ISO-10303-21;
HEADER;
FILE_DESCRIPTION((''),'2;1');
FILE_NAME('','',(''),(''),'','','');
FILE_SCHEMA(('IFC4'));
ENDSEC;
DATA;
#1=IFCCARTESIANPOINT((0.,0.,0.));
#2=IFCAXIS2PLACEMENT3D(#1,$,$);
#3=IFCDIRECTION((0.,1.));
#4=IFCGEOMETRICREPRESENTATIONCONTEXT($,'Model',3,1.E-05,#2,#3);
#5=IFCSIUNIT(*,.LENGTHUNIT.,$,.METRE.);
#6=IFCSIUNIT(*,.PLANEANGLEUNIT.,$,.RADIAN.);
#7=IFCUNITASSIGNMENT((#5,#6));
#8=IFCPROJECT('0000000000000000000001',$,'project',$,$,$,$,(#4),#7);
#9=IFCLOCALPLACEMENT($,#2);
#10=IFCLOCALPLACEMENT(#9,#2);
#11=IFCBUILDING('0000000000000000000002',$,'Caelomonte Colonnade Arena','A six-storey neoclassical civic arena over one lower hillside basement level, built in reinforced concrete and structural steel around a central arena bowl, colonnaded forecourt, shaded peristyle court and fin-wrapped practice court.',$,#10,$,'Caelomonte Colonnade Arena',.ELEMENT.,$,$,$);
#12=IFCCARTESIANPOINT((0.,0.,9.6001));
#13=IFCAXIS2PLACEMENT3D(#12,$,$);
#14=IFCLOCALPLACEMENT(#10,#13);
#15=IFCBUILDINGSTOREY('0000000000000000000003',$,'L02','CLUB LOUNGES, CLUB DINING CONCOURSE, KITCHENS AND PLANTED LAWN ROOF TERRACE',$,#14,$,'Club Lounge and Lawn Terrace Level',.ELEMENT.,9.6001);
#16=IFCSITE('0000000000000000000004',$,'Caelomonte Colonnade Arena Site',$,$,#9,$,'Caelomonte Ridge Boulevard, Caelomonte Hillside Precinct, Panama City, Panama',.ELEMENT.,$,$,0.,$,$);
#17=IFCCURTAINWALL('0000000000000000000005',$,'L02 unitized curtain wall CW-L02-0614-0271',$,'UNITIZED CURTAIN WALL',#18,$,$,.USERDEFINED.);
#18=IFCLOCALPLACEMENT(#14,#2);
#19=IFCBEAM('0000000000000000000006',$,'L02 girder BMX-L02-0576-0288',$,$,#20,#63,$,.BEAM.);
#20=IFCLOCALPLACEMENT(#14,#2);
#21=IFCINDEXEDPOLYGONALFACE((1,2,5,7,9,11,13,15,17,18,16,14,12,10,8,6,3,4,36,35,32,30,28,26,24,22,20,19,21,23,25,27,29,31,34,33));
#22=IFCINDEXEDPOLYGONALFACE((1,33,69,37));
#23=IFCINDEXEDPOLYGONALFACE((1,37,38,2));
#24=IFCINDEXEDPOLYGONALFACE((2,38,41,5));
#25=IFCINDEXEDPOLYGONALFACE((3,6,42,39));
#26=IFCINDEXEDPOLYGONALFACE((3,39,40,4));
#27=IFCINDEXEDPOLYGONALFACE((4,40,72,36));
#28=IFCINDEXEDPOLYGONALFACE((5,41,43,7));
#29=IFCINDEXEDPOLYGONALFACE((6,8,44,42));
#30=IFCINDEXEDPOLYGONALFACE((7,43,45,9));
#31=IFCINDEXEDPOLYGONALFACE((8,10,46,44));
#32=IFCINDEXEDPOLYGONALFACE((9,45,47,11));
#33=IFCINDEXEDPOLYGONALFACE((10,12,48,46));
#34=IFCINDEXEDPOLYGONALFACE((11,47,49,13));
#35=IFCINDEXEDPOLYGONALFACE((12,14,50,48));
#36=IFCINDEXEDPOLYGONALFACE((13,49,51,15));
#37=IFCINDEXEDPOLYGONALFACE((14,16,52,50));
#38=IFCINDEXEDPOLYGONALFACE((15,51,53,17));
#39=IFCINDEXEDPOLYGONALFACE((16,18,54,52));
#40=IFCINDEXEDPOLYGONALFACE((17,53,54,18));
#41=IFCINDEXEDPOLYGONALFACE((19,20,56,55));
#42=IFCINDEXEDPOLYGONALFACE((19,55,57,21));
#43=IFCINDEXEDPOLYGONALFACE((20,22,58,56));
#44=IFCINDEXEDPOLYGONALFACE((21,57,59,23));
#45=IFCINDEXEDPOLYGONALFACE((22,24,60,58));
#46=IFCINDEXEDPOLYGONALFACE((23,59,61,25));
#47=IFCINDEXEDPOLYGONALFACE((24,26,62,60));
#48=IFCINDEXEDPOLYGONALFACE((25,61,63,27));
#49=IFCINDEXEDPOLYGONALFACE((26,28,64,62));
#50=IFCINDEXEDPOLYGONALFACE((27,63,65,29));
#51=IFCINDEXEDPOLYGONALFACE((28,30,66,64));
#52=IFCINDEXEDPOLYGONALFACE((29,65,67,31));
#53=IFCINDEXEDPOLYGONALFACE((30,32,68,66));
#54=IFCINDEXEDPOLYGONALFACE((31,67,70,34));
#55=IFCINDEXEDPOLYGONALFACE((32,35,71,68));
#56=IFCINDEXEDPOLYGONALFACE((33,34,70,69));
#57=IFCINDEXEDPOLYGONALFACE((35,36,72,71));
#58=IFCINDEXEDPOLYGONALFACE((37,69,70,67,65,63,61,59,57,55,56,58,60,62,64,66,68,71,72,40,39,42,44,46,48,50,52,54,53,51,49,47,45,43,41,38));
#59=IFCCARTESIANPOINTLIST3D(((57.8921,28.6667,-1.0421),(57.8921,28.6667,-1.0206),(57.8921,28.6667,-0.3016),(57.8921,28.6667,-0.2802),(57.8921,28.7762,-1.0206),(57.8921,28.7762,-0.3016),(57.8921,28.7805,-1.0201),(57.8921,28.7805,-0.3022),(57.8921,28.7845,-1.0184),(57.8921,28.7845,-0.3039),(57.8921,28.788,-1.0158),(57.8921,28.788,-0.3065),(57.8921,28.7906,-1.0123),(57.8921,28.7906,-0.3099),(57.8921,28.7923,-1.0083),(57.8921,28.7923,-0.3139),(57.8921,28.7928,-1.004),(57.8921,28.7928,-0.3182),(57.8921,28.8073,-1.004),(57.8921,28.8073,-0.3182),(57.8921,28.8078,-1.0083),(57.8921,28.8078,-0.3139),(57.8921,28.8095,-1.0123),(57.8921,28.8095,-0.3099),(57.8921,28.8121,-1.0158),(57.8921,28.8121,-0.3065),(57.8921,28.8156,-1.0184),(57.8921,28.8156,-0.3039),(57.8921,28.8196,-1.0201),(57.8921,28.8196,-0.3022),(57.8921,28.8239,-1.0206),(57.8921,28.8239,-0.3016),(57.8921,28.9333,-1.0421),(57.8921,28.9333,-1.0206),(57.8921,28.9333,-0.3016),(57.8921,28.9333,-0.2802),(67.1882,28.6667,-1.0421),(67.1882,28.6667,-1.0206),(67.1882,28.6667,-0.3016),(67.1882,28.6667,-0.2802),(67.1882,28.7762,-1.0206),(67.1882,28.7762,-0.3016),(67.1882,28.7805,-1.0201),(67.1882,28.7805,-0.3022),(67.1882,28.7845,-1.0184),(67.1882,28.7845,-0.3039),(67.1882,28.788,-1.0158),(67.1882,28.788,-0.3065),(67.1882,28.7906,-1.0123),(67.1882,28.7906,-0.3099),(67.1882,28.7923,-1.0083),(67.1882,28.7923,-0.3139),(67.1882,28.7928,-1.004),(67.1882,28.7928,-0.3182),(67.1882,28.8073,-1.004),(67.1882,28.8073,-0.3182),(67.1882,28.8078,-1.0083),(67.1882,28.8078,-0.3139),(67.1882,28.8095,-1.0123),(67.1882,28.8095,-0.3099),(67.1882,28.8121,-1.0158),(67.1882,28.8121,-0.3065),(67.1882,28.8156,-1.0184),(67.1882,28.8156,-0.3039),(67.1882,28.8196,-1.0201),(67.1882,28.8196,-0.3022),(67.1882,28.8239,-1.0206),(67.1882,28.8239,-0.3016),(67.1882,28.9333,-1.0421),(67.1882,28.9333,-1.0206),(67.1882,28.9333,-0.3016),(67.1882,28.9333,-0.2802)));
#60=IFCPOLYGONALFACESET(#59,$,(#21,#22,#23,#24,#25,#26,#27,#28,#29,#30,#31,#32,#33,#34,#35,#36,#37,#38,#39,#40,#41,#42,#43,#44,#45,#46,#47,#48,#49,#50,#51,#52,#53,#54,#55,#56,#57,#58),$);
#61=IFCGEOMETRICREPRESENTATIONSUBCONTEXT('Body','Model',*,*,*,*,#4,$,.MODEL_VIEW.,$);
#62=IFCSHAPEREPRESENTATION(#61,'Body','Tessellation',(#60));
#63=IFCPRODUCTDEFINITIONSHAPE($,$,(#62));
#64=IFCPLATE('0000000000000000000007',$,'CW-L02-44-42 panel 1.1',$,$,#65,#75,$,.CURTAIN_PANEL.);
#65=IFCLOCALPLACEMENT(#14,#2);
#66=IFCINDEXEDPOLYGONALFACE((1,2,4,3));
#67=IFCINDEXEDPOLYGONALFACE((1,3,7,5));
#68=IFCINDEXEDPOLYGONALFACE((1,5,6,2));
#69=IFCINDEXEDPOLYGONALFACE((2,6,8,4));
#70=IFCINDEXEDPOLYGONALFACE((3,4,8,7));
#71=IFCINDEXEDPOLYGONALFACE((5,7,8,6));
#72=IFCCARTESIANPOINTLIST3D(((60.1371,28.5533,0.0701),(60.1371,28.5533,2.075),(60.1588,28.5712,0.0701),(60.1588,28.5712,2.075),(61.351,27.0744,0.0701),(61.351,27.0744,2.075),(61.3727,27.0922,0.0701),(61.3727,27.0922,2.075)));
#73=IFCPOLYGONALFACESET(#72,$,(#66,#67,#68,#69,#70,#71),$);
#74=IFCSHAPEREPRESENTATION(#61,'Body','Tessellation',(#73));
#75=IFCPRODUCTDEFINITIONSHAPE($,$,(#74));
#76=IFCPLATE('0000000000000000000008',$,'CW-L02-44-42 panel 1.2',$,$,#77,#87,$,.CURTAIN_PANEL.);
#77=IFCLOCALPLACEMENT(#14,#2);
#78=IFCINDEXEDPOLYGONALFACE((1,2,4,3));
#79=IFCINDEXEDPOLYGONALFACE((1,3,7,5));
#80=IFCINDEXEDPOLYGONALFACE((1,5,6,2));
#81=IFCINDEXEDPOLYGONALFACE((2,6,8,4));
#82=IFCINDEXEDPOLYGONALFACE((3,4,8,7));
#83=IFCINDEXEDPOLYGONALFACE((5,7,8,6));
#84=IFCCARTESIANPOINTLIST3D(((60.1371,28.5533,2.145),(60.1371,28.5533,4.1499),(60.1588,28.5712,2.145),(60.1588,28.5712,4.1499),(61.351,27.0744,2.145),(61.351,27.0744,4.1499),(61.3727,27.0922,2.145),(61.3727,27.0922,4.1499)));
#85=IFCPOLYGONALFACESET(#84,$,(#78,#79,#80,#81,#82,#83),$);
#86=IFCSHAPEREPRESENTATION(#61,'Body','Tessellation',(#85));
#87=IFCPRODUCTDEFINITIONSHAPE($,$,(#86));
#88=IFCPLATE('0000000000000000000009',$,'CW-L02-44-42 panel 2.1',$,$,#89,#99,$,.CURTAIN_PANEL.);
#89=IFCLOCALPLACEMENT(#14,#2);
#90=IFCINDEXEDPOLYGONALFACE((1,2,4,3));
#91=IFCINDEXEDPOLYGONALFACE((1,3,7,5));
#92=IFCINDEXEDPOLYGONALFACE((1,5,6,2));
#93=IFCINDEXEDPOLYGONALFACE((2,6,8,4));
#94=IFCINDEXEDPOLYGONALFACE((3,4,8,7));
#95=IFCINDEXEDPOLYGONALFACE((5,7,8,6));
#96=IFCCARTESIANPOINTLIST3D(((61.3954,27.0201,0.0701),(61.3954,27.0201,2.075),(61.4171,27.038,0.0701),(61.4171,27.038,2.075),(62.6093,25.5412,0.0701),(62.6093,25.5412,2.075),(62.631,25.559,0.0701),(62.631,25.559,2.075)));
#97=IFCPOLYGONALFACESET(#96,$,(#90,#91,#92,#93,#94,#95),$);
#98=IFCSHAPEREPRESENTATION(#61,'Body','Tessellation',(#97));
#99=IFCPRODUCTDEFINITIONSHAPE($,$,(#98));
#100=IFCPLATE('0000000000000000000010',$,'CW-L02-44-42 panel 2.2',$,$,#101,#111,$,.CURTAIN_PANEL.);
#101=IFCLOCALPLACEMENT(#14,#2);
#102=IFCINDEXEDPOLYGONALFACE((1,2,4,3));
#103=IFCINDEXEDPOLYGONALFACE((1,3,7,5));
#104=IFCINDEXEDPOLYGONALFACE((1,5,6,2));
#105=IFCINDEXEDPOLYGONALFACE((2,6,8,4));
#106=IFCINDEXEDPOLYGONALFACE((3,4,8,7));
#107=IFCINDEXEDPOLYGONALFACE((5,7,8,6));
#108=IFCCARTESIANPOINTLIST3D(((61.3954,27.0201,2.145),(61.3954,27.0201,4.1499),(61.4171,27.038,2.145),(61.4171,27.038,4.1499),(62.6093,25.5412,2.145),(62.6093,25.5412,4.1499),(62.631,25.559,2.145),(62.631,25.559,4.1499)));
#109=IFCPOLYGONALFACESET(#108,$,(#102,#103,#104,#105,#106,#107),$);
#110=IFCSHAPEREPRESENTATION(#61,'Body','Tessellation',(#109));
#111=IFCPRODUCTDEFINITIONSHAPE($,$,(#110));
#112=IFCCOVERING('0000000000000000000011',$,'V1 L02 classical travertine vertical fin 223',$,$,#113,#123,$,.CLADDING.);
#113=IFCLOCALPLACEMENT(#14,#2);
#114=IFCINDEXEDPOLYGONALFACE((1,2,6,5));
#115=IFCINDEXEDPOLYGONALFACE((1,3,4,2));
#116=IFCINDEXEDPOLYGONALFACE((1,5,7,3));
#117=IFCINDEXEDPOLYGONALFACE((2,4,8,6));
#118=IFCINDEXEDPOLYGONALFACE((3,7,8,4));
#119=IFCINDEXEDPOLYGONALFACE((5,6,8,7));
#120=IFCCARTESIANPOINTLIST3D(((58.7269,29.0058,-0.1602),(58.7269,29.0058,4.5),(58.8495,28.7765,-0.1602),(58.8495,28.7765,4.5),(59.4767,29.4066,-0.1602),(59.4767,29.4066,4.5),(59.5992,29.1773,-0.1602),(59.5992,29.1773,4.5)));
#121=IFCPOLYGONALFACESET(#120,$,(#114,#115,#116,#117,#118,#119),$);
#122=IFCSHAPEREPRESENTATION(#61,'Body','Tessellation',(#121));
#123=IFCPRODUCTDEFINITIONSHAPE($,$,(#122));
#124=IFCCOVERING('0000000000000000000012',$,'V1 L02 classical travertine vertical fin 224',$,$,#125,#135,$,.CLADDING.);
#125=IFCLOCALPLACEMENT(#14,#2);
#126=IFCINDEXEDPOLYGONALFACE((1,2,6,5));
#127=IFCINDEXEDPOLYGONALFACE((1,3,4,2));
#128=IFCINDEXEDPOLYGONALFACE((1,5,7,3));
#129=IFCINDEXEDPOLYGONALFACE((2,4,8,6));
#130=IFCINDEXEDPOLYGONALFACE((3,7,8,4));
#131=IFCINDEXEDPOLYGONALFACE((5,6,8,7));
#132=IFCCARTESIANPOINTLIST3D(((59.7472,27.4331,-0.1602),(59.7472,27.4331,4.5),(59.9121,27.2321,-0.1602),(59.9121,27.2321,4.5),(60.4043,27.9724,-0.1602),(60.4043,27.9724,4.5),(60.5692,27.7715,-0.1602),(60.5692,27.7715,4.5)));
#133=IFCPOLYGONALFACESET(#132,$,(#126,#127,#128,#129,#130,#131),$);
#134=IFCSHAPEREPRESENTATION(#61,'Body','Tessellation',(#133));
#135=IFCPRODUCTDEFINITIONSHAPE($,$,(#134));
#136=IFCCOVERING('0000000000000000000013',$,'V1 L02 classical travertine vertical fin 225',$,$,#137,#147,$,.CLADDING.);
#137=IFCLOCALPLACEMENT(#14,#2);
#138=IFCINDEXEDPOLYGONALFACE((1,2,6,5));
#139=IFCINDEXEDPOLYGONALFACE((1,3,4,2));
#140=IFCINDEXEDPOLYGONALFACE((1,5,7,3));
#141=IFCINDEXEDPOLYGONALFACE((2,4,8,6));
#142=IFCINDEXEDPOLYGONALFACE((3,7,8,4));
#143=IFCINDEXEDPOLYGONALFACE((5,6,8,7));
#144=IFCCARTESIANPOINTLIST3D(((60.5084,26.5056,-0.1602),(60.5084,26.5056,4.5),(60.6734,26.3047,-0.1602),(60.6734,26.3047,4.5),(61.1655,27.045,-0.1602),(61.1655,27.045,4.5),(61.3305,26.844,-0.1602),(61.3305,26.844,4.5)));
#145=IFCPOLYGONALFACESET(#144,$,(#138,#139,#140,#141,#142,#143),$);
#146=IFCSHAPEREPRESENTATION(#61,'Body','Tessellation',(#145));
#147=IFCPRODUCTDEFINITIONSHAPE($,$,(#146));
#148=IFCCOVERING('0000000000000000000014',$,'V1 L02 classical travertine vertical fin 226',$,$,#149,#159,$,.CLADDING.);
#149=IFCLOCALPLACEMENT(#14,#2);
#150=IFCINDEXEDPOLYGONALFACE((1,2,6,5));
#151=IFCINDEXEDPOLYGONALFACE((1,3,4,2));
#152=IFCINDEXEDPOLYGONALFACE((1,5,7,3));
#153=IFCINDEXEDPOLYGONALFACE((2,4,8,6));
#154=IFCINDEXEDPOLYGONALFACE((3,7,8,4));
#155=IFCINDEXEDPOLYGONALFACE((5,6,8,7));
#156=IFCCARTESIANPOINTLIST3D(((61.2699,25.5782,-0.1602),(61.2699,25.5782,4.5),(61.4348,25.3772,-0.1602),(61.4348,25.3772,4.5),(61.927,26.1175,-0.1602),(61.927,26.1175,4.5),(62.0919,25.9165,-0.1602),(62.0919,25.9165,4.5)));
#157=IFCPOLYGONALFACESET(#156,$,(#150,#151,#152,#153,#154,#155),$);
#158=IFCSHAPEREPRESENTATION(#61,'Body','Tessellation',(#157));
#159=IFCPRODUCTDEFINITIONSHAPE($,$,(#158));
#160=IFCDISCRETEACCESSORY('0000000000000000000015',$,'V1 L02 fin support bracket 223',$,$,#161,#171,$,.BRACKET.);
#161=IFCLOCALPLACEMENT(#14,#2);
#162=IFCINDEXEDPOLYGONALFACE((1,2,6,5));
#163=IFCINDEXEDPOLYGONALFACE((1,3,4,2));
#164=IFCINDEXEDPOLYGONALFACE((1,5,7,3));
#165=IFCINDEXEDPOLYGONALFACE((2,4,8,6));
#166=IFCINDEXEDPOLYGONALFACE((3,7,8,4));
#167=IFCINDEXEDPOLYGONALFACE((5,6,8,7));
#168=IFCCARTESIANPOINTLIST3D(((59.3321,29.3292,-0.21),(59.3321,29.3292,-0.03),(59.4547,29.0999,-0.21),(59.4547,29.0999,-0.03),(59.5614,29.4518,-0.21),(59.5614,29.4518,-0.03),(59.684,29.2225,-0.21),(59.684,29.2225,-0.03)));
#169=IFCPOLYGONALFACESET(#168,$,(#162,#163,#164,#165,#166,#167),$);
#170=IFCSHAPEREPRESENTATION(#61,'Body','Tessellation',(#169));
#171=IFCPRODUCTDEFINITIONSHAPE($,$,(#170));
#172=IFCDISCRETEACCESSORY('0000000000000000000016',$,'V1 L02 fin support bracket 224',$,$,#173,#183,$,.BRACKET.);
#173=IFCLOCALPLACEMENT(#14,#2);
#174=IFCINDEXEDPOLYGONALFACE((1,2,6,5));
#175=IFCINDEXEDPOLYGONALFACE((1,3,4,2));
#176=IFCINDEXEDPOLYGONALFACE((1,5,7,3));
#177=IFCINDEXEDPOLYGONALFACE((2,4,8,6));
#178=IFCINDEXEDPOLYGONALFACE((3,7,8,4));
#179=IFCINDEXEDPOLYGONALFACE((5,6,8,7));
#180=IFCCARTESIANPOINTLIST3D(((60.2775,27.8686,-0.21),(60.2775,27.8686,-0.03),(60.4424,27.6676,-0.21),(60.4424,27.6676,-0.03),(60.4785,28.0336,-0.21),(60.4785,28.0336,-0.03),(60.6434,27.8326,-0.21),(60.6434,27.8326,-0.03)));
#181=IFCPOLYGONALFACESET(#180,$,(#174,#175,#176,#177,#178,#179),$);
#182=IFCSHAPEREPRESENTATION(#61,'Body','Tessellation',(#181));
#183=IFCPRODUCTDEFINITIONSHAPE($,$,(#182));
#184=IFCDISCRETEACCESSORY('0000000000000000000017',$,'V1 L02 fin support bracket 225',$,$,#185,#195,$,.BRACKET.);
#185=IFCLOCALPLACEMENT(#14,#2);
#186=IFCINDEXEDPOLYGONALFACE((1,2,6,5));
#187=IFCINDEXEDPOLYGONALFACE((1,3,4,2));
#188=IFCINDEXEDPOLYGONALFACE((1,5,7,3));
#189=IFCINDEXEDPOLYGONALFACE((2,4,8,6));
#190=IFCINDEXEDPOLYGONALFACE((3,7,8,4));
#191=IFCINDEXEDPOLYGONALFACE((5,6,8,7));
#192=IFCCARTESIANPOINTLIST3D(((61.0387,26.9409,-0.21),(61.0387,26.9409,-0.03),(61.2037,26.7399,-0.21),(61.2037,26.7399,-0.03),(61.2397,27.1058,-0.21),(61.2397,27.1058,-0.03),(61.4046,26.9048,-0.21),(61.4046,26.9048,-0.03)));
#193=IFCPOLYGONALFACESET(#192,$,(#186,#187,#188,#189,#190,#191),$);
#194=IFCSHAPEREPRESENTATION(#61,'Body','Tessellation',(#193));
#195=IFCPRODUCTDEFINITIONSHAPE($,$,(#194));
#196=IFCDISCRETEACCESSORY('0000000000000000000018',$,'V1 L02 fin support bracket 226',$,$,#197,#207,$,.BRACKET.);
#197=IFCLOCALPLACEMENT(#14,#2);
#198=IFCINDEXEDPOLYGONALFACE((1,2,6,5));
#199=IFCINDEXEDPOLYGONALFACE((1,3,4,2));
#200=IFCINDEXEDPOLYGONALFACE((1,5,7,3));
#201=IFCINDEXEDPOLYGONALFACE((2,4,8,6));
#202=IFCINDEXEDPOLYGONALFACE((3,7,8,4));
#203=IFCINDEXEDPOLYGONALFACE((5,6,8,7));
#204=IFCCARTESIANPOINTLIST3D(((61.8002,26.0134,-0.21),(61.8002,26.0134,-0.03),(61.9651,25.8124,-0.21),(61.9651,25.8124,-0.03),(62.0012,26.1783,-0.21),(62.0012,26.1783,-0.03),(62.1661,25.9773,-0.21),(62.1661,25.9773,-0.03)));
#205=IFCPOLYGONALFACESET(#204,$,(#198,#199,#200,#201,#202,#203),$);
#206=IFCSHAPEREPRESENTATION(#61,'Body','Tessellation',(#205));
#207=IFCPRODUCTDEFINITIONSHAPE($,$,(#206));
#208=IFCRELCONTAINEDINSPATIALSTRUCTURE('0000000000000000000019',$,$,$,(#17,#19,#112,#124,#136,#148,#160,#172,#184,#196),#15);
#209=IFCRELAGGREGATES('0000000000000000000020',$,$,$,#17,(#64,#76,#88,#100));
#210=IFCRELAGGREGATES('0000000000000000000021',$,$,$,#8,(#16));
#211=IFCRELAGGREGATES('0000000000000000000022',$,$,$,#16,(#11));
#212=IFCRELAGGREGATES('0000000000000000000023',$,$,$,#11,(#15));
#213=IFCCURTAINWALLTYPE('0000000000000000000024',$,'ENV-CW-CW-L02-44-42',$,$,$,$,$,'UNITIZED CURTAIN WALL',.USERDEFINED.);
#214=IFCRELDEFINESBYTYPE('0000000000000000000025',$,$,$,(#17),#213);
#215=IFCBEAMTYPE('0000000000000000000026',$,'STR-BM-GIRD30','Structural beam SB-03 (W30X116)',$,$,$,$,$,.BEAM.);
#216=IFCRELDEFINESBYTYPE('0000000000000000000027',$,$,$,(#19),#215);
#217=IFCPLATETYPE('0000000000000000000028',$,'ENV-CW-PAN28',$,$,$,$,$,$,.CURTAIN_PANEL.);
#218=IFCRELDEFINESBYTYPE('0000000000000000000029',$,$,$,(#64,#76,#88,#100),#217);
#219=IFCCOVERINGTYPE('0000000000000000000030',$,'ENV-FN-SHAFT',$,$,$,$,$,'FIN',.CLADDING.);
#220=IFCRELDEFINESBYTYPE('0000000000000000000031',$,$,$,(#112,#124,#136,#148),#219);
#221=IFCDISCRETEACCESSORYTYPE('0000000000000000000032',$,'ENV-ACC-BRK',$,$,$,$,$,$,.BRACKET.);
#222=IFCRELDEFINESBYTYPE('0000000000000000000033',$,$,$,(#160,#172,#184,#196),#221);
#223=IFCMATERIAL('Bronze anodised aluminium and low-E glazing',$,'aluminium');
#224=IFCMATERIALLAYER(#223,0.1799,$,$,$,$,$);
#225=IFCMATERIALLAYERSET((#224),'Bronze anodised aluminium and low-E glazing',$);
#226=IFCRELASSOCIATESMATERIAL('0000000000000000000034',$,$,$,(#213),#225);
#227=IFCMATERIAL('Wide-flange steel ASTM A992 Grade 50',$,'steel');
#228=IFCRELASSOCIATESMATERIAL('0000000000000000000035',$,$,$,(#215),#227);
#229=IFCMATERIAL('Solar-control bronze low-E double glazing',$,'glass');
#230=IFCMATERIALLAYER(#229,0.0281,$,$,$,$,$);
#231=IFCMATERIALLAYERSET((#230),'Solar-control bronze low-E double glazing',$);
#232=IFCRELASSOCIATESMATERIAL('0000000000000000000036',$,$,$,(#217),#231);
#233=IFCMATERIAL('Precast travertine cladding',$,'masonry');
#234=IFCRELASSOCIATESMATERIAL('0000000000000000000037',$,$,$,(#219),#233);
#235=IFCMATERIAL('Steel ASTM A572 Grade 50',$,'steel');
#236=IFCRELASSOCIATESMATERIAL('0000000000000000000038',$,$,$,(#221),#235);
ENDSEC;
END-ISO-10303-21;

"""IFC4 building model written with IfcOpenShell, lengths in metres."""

from ifc_helpers import new_model, si_unit, direction, frame, origin, origin_2d, place, context, subcontext, project, spatial, rectangle, i_section, extrude, material, layer, layer_set, material_profile, profile_set, type_object, element, aggregate, save


model = new_model("IFC4")

# Units and contexts
model_context = context("Model", 3, precision=1e-05, world=origin(), true_north=direction((0.0, 1.0)))
body_context = subcontext(model_context, "Body", "Model", "MODEL_VIEW")
ifc_project = project(units=[si_unit("LENGTHUNIT", "METRE"), si_unit("PLANEANGLEUNIT", "RADIAN")], contexts=[model_context])

# Site, building, storey
site_placement = place(None, origin())
site = spatial("IfcSite", under=ifc_project, at=site_placement, Name="Caelomonte Colonnade Arena Site", LongName="Caelomonte Ridge Boulevard, Caelomonte Hillside Precinct, Panama City, Panama", CompositionType="ELEMENT", RefElevation=0.0)
building_placement = place(site_placement, origin())
building = spatial("IfcBuilding", under=site, at=building_placement, Name="Caelomonte Colonnade Arena", Description="A six-storey neoclassical civic arena over one lower hillside basement level, built in reinforced concrete and structural steel around a central arena bowl, colonnaded forecourt, shaded peristyle court and fin-wrapped practice court.", LongName="Caelomonte Colonnade Arena", CompositionType="ELEMENT")
storey_placement = place(building_placement, frame((0.0, 0.0, 9.6001)))
storey = spatial("IfcBuildingStorey", under=building, at=storey_placement, Name="L02", Description="CLUB LOUNGES, CLUB DINING CONCOURSE, KITCHENS AND PLANTED LAWN ROOF TERRACE", LongName="Club Lounge and Lawn Terrace Level", CompositionType="ELEMENT", Elevation=9.6001)

# Shared definitions
ifc_material_1 = material(Name="Bronze anodised aluminium and low-E glazing", Category="aluminium")
ifc_layer_1 = layer(ifc_material_1, 0.1799)
ifc_layer_set_1 = layer_set([ifc_layer_1], Name="Bronze anodised aluminium and low-E glazing")
curtain_wall_type = type_object("IfcCurtainWallType", Name="ENV-CW-CW-L02-44-42", ElementType="UNITIZED CURTAIN WALL", PredefinedType="USERDEFINED", material=ifc_layer_set_1)

# Curtain wall
curtain_wall_1_placement = place(storey_placement, origin())
curtain_wall_1 = element("IfcCurtainWall", 1, at=curtain_wall_1_placement, inside=storey, type_object=curtain_wall_type, Name="L02 unitized curtain wall CW-L02-0614-0271", ObjectType="UNITIZED CURTAIN WALL", PredefinedType="USERDEFINED")

# Beam
ifc_material_2 = material(Name="Wide-flange steel ASTM A992 Grade 50", Category="steel")
ifc_material_profile_1 = material_profile(ifc_material_2, i_section(OverallWidth=0.2666, OverallDepth=0.762, WebThickness=0.0144, FlangeThickness=0.0215, FilletRadius=0.0166, at=origin_2d()), Name="W30X116")
ifc_profile_set_1 = profile_set([ifc_material_profile_1], Name="Wide-flange steel ASTM A992 Grade 50")
beam_type_1 = type_object("IfcBeamType", Name="STR-BM-GIRD30", Description="Structural beam SB-03 (W30X116)", PredefinedType="BEAM", material=ifc_profile_set_1)
beam_1_placement = place(storey_placement, frame((57.8921, 28.8, -0.6611), z_axis=(1.0, 0.0, 0.0), x_axis=(0.0, 1.0, 0.0)))
element("IfcBeam", 2, at=beam_1_placement, inside=storey, type_object=beam_type_1, Name="L02 girder BMX-L02-0576-0288", PredefinedType="BEAM", context=body_context, shape_type="SweptSolid", body=[
    extrude(i_section(OverallWidth=0.2666, OverallDepth=0.762, WebThickness=0.0144, FlangeThickness=0.0215, FilletRadius=0.0166, at=origin_2d()), origin(), (0.0, 0.0, 1.0), 9.2961),
])

# Plates
ifc_material_3 = material(Name="Solar-control bronze low-E double glazing", Category="glass")
ifc_layer_2 = layer(ifc_material_3, 0.0281)
ifc_layer_set_2 = layer_set([ifc_layer_2], Name="Solar-control bronze low-E double glazing")
plate_type = type_object("IfcPlateType", Name="ENV-CW-PAN28", PredefinedType="CURTAIN_PANEL", material=ifc_layer_set_2)
plate_1_placement = place(storey_placement, frame((60.7549, 27.8228, 0.0701), z_axis=(0.0, 0.0, 1.0), x_axis=(0.634416, -0.772992, 0.0)))
plate_1 = element("IfcPlate", 3, at=plate_1_placement, type_object=plate_type, Name="CW-L02-44-42 panel 1.1", PredefinedType="CURTAIN_PANEL", context=body_context, shape_type="SweptSolid", body=[
    extrude(rectangle(XDim=1.9133, YDim=0.0281, at=origin_2d()), origin(), (0.0, 0.0, 1.0), 2.0049),
])
plate_2_placement = place(storey_placement, frame((60.7549, 27.8228, 2.145), z_axis=(0.0, 0.0, 1.0), x_axis=(0.634416, -0.772992, 0.0)))
plate_2 = element("IfcPlate", 4, at=plate_2_placement, type_object=plate_type, Name="CW-L02-44-42 panel 1.2", PredefinedType="CURTAIN_PANEL", context=body_context, shape_type="SweptSolid", body=[
    extrude(rectangle(XDim=1.9133, YDim=0.0281, at=origin_2d()), origin(), (0.0, 0.0, 1.0), 2.0049),
])
plate_3_placement = place(storey_placement, frame((62.0132, 26.2896, 0.0701), z_axis=(0.0, 0.0, 1.0), x_axis=(0.634416, -0.772992, 0.0)))
plate_3 = element("IfcPlate", 5, at=plate_3_placement, type_object=plate_type, Name="CW-L02-44-42 panel 2.1", PredefinedType="CURTAIN_PANEL", context=body_context, shape_type="SweptSolid", body=[
    extrude(rectangle(XDim=1.9133, YDim=0.0281, at=origin_2d()), origin(), (0.0, 0.0, 1.0), 2.0049),
])
plate_4_placement = place(storey_placement, frame((62.0132, 26.2896, 2.145), z_axis=(0.0, 0.0, 1.0), x_axis=(0.634416, -0.772992, 0.0)))
plate_4 = element("IfcPlate", 6, at=plate_4_placement, type_object=plate_type, Name="CW-L02-44-42 panel 2.2", PredefinedType="CURTAIN_PANEL", context=body_context, shape_type="SweptSolid", body=[
    extrude(rectangle(XDim=1.9133, YDim=0.0281, at=origin_2d()), origin(), (0.0, 0.0, 1.0), 2.0049),
])
aggregate(curtain_wall_1, [plate_1, plate_2, plate_3, plate_4])

# Coverings
ifc_material_4 = material(Name="Precast travertine cladding", Category="masonry")
ifc_material_profile_2 = material_profile(ifc_material_4, rectangle(XDim=0.26, YDim=0.8501, at=origin_2d()), Name="FIN260X850")
ifc_profile_set_2 = profile_set([ifc_material_profile_2], Name="Precast travertine cladding")
covering_type = type_object("IfcCoveringType", Name="ENV-FN-SHAFT", ElementType="FIN", PredefinedType="CLADDING", material=ifc_profile_set_2)
for number, where, z_axis, x_axis, name in (
    (7, (59.1631, 29.0916, -0.1602), (0.0, 0.0, 1.0), (-0.471397, 0.881921, 0.0), "V1 L02 classical travertine vertical fin 223"),
    (8, (60.1582, 27.6023, -0.1602), (0.0, 0.0, 1.0), (-0.634414, 0.772994, 0.0), "V1 L02 classical travertine vertical fin 224"),
    (9, (60.9194, 26.6748, -0.1602), (0.0, 0.0, 1.0), (-0.634414, 0.772994, 0.0), "V1 L02 classical travertine vertical fin 225"),
    (10, (61.6809, 25.7473, -0.1602), (0.0, 0.0, 1.0), (-0.634414, 0.772994, 0.0), "V1 L02 classical travertine vertical fin 226"),
):
    element("IfcCovering", number, at=place(storey_placement, frame(where, z_axis=z_axis, x_axis=x_axis)), inside=storey, type_object=covering_type, Name=name, PredefinedType="CLADDING", context=body_context, shape_type="SweptSolid", body=[
        extrude(rectangle(XDim=0.26, YDim=0.8501, at=origin_2d()), origin(), (0.0, 0.0, 1.0), 4.6602),
    ])

# Discrete accessories
ifc_material_5 = material(Name="Steel ASTM A572 Grade 50", Category="steel")
discrete_accessory_type = type_object("IfcDiscreteAccessoryType", Name="ENV-ACC-BRK", PredefinedType="BRACKET", material=ifc_material_5)
for number, where, z_axis, x_axis, name in (
    (11, (59.5081, 29.2759, -0.21), (0.0, 0.0, 1.0), (0.471397, -0.881921, 0.0), "V1 L02 fin support bracket 223"),
    (12, (60.4604, 27.8506, -0.21), (0.0, 0.0, 1.0), (0.634414, -0.772994, 0.0), "V1 L02 fin support bracket 224"),
    (13, (61.2217, 26.9229, -0.21), (0.0, 0.0, 1.0), (0.634414, -0.772994, 0.0), "V1 L02 fin support bracket 225"),
    (14, (61.9832, 25.9954, -0.21), (0.0, 0.0, 1.0), (0.634414, -0.772994, 0.0), "V1 L02 fin support bracket 226"),
):
    element("IfcDiscreteAccessory", number, at=place(storey_placement, frame(where, z_axis=z_axis, x_axis=x_axis)), inside=storey, type_object=discrete_accessory_type, Name=name, PredefinedType="BRACKET", context=body_context, shape_type="SweptSolid", body=[
        extrude(rectangle(XDim=0.26, YDim=0.26, at=origin_2d()), origin(), (0.0, 0.0, 1.0), 0.1799),
    ])

save(model, "model.ifc")
